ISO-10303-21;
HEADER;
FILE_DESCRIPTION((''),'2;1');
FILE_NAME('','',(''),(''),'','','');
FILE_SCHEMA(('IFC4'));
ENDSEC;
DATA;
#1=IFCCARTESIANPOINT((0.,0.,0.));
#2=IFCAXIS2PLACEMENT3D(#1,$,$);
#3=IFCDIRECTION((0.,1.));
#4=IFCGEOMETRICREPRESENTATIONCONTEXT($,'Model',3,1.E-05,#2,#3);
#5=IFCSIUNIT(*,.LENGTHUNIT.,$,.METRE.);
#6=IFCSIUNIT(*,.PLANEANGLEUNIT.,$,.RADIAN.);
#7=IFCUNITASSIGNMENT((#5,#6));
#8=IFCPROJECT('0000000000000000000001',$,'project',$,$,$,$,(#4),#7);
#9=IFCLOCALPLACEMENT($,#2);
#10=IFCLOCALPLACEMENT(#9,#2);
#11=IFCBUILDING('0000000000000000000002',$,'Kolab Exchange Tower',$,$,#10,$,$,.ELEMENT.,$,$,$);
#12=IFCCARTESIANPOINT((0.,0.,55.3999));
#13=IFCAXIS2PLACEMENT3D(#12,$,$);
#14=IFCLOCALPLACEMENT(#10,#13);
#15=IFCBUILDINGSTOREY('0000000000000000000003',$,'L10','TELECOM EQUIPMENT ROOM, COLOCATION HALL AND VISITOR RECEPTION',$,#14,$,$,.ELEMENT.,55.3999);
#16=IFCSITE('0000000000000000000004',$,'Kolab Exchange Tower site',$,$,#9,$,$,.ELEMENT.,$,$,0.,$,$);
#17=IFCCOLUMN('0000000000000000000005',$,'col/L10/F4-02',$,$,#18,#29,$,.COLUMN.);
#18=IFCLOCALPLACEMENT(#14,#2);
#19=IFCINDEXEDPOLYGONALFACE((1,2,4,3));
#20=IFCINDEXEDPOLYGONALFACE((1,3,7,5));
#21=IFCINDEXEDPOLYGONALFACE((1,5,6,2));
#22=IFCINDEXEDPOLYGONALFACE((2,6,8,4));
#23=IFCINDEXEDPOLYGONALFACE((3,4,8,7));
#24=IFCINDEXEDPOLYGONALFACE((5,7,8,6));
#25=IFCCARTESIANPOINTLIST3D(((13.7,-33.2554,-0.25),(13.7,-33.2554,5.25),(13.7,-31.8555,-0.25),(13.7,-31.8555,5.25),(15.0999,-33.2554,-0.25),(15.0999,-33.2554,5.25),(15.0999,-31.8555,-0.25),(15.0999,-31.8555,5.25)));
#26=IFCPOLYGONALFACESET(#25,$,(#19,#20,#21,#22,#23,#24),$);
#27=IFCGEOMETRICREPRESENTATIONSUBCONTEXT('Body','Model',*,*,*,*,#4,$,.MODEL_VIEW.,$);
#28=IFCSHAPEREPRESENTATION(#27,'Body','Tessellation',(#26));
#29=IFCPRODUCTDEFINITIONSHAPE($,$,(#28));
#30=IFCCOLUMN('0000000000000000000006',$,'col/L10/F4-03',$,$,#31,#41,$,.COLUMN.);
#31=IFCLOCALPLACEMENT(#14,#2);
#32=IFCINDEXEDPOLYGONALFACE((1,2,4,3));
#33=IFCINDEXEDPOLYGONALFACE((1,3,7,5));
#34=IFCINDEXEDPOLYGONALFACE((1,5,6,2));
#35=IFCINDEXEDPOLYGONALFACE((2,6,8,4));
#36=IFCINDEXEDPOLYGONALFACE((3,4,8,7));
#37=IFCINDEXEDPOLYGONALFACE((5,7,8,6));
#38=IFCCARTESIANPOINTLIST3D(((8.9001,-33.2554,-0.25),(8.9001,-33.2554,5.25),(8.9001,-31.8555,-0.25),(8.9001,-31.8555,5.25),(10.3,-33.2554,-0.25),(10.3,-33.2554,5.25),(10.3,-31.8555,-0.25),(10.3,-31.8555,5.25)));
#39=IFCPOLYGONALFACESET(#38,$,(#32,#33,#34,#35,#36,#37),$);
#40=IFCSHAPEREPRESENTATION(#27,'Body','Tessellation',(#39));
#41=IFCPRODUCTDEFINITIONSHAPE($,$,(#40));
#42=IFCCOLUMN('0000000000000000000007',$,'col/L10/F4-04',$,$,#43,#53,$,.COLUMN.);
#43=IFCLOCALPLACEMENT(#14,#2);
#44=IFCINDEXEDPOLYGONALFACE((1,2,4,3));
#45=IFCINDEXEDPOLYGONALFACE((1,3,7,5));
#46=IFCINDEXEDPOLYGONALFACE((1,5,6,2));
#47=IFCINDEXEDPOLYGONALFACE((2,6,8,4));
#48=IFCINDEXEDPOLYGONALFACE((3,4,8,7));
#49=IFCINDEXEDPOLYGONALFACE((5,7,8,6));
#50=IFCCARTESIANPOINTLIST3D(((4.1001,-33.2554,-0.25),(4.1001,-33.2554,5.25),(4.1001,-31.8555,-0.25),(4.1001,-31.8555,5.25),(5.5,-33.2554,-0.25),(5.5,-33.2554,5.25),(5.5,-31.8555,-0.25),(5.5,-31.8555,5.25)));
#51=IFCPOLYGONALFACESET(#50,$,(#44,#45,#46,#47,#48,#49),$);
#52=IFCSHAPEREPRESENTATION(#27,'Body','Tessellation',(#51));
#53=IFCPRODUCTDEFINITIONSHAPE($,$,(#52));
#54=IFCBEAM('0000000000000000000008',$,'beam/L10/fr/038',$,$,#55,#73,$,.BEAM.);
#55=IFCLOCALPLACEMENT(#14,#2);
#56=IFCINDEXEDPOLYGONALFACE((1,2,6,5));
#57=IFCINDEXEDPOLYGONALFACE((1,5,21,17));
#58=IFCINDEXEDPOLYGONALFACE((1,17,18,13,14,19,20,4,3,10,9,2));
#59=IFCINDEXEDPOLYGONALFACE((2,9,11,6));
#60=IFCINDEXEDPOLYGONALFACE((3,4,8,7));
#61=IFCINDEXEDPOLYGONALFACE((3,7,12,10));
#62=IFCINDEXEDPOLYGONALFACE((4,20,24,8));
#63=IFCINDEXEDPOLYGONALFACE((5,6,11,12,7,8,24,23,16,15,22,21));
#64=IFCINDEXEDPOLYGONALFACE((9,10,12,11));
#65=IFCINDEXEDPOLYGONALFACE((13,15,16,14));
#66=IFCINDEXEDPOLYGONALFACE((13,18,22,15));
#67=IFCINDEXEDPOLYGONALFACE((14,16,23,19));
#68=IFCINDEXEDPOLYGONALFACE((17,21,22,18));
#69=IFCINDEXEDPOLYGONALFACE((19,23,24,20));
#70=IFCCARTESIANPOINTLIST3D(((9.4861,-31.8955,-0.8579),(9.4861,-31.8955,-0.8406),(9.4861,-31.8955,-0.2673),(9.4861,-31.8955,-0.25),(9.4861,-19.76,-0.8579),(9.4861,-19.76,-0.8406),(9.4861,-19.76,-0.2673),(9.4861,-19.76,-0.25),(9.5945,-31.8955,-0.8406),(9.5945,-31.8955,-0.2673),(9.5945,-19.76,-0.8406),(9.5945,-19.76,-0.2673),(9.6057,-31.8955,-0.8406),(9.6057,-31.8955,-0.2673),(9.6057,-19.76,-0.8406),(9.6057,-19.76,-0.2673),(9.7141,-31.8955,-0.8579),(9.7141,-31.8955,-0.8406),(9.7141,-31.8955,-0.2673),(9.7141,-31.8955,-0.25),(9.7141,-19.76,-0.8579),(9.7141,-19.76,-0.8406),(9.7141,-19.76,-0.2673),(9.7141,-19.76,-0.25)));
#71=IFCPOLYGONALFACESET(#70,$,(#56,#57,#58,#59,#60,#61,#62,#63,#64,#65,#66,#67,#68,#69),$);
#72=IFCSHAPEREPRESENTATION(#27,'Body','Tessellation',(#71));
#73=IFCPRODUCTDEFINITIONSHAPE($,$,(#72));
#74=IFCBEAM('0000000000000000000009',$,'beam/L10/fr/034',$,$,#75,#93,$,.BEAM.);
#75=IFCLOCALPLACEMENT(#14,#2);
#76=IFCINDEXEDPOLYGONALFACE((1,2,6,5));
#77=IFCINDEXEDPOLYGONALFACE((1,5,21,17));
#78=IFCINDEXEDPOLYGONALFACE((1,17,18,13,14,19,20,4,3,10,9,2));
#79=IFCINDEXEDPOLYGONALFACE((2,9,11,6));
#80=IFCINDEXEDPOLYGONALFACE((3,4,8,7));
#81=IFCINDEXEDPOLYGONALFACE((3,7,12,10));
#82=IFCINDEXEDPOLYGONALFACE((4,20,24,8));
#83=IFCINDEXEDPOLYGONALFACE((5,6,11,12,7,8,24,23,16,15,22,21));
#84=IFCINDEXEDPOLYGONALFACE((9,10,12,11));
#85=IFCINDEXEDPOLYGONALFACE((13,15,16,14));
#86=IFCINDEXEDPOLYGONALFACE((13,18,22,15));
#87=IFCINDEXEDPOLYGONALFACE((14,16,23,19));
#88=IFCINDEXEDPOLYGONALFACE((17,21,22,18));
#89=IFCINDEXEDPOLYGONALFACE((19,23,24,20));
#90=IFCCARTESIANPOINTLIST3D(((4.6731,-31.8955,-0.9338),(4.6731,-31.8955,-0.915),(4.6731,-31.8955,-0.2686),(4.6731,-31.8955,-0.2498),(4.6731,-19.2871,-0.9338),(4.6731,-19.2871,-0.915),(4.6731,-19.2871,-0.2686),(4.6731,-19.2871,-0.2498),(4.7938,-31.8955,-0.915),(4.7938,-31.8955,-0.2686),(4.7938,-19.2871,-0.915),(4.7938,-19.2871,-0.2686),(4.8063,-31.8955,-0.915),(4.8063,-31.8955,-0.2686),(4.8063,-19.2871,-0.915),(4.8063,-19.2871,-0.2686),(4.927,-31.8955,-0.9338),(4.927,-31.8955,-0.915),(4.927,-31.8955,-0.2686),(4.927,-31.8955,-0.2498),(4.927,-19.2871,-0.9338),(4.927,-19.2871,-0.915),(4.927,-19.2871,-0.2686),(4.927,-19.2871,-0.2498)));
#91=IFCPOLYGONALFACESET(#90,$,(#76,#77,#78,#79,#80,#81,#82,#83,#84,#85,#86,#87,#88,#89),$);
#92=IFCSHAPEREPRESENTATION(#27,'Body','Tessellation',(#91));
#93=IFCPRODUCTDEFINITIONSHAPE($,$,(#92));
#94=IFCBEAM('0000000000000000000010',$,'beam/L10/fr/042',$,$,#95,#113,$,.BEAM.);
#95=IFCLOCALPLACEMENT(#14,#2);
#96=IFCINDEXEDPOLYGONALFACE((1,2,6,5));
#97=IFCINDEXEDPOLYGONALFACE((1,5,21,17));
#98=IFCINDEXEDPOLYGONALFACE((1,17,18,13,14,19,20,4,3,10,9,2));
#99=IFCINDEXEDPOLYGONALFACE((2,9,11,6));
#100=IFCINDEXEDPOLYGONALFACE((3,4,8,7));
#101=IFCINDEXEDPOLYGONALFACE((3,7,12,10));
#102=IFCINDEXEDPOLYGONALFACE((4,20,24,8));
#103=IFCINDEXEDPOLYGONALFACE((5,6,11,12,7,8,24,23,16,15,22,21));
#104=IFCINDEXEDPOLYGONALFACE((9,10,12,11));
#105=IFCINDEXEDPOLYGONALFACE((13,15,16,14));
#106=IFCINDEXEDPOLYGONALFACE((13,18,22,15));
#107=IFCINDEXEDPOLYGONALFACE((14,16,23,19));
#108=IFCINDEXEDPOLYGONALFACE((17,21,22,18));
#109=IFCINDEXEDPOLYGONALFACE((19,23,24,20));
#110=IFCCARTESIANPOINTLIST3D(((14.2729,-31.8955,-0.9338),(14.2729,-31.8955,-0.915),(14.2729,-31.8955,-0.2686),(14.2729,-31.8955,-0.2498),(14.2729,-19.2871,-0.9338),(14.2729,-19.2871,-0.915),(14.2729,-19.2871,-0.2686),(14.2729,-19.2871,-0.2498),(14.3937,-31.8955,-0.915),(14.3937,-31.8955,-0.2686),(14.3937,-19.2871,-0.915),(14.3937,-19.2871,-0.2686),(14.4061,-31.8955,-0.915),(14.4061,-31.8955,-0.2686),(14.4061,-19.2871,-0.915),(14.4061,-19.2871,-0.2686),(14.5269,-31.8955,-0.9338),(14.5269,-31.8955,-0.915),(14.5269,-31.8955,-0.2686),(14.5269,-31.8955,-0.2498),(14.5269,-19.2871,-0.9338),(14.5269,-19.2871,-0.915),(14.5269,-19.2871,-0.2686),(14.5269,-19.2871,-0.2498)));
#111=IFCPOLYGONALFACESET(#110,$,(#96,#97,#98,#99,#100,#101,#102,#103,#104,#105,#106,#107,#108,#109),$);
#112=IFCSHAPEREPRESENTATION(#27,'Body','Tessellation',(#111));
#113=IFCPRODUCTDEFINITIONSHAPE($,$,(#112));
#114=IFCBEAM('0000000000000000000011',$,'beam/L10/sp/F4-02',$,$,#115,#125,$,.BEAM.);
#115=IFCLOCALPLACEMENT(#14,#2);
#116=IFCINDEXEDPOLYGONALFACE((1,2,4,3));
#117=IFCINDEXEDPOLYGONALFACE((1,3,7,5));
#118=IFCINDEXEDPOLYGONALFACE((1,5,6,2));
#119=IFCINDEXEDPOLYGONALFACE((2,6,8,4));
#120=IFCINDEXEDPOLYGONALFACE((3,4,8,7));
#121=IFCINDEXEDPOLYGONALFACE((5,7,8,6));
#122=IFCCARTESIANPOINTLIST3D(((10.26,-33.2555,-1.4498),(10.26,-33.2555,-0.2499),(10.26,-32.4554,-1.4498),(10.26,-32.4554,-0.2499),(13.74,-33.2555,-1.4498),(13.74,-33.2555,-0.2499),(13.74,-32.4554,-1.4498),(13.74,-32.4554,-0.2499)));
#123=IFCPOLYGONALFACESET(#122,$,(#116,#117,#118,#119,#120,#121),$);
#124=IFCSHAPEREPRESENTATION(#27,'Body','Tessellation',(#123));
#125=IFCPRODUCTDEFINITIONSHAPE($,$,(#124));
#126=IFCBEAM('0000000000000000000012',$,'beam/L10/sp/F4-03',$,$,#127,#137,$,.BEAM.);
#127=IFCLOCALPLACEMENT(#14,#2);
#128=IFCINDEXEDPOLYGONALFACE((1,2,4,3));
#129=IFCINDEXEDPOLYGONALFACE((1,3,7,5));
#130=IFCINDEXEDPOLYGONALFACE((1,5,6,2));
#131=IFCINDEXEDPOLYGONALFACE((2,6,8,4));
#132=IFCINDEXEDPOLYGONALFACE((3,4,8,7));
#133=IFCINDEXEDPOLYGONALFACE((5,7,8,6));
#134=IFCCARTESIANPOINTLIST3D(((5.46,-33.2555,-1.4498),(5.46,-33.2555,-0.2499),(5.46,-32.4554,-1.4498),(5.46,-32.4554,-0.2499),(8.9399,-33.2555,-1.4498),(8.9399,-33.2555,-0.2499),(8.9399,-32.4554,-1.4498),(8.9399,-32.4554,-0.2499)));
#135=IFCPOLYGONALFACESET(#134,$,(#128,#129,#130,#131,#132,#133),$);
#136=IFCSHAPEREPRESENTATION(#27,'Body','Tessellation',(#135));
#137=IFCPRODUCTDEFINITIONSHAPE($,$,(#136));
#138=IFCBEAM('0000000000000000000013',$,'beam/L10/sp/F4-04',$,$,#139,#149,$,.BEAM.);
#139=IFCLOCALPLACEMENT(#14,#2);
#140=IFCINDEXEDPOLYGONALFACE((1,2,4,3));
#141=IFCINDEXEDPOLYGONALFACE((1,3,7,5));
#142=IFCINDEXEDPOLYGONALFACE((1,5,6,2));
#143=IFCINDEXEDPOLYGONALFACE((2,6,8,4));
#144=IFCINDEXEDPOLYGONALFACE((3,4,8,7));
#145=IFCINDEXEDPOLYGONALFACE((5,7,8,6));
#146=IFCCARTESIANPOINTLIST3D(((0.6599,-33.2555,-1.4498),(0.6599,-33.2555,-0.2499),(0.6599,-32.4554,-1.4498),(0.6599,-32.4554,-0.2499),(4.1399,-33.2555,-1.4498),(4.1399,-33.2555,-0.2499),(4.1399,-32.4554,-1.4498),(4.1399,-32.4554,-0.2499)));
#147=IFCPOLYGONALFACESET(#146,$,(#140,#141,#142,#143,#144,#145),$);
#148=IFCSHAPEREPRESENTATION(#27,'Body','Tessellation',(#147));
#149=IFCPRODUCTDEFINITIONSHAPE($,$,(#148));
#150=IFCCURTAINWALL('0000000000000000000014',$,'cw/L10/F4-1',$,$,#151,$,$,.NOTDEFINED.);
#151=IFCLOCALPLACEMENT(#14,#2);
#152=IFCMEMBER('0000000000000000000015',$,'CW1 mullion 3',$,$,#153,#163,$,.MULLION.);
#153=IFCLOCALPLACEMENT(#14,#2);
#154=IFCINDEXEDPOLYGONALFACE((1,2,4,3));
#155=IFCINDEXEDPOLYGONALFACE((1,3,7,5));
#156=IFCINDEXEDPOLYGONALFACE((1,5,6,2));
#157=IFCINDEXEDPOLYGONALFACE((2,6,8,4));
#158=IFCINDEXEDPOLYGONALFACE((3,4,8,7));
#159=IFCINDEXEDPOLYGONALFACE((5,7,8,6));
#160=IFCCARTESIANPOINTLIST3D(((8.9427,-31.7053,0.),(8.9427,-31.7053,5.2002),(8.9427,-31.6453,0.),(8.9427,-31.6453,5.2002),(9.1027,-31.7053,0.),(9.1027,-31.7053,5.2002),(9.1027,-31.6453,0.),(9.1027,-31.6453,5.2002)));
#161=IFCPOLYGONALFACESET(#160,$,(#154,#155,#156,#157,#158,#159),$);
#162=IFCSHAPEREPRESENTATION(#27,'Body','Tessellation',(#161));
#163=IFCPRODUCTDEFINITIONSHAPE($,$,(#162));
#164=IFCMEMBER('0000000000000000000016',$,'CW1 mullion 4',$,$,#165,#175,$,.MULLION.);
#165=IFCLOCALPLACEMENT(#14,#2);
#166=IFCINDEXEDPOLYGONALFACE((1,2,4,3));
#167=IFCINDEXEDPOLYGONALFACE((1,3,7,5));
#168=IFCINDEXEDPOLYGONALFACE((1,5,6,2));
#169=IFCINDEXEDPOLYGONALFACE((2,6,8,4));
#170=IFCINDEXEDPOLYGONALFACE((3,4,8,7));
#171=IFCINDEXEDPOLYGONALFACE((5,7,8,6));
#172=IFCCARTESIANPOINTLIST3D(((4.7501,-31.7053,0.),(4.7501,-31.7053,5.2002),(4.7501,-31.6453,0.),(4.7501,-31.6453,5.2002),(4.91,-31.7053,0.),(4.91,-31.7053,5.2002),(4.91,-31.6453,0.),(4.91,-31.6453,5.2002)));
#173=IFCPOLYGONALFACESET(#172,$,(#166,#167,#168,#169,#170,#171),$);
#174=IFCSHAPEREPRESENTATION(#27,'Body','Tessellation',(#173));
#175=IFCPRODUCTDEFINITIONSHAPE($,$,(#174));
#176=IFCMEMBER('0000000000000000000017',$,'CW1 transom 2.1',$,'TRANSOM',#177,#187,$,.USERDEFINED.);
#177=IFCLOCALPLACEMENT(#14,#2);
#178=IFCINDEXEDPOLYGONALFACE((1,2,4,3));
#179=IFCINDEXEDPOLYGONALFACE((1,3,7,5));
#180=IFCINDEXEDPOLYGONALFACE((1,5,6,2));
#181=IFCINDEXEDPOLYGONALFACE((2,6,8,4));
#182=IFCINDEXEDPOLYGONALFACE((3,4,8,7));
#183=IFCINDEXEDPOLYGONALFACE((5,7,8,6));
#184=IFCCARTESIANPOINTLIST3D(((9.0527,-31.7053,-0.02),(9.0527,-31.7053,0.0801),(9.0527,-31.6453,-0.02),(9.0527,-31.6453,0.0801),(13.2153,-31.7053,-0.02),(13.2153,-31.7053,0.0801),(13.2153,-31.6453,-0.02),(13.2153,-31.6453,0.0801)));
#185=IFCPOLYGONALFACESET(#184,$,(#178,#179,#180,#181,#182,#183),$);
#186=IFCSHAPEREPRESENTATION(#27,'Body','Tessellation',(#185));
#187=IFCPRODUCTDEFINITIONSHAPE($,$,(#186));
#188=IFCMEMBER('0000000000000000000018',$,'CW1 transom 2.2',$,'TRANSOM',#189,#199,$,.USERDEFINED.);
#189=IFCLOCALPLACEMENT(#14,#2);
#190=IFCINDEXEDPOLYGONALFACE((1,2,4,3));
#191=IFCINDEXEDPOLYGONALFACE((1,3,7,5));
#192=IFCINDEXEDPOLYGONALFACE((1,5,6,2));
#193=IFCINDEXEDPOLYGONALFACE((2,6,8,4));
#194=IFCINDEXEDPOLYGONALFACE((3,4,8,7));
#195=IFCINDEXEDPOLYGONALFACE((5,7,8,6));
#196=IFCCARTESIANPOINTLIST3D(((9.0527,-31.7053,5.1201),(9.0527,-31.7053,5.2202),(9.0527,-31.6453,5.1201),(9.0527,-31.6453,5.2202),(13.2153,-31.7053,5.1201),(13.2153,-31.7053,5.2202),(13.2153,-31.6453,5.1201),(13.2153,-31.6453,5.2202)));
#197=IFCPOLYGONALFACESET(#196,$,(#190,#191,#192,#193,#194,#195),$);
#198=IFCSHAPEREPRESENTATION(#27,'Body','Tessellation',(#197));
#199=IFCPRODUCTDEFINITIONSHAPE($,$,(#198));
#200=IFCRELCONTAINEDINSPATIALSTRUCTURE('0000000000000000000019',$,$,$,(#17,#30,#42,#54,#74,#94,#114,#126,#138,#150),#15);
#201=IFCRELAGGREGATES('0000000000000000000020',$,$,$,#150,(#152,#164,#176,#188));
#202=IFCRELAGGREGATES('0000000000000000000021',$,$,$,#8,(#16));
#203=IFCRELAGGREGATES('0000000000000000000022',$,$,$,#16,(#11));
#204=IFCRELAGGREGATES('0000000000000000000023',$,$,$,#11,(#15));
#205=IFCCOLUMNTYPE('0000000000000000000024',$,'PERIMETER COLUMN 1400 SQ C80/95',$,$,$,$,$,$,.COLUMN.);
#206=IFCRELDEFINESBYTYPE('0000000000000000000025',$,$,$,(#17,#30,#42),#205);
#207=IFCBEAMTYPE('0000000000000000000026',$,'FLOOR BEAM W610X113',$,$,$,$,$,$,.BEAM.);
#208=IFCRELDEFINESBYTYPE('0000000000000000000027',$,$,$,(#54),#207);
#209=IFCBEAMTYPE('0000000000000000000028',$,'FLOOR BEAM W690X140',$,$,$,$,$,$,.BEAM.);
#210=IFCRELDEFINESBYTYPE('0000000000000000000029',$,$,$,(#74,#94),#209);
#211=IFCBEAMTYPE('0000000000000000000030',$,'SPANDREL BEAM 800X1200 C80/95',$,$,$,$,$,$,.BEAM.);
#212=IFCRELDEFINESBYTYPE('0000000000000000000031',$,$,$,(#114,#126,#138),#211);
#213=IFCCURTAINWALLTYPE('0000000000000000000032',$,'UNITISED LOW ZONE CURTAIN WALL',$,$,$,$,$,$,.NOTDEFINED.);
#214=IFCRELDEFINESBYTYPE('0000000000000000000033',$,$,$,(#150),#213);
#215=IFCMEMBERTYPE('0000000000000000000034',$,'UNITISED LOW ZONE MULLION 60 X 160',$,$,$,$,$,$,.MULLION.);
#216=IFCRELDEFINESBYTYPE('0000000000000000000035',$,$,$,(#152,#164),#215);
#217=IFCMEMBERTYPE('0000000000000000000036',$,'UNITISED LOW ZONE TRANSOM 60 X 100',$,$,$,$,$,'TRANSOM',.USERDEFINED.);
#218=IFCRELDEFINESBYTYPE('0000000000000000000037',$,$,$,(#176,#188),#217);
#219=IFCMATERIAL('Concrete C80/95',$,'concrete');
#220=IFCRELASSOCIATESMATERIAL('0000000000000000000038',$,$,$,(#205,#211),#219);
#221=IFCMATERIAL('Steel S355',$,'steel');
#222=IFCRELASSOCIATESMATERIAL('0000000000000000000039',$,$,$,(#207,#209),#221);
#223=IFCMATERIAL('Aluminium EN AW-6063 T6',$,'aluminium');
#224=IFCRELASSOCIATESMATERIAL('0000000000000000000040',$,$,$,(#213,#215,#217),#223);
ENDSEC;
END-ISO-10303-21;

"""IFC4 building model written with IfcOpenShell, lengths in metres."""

from ifc_helpers import new_model, si_unit, direction, frame, origin, origin_2d, place, context, subcontext, project, spatial, rectangle, i_section, extrude, material, material_profile, profile_set, type_object, element, aggregate, save


model = new_model("IFC4")

# Units and contexts
model_context = context("Model", 3, precision=1e-05, world=origin(), true_north=direction((0.0, 1.0)))
body_context = subcontext(model_context, "Body", "Model", "MODEL_VIEW")
ifc_project = project(units=[si_unit("LENGTHUNIT", "METRE"), si_unit("PLANEANGLEUNIT", "RADIAN")], contexts=[model_context])

# Site, building, storey
site_placement = place(None, origin())
site = spatial("IfcSite", under=ifc_project, at=site_placement, Name="Kolab Exchange Tower site", CompositionType="ELEMENT", RefElevation=0.0)
building_placement = place(site_placement, origin())
building = spatial("IfcBuilding", under=site, at=building_placement, Name="Kolab Exchange Tower", CompositionType="ELEMENT")
storey_placement = place(building_placement, frame((0.0, 0.0, 55.3999)))
storey = spatial("IfcBuildingStorey", under=building, at=storey_placement, Name="L10", Description="TELECOM EQUIPMENT ROOM, COLOCATION HALL AND VISITOR RECEPTION", CompositionType="ELEMENT", Elevation=55.3999)

# Columns
ifc_material_1 = material(Name="Concrete C80/95", Category="concrete")
ifc_material_profile_1 = material_profile(ifc_material_1, rectangle(XDim=1.3999, YDim=1.3999, at=origin_2d()), Name="RC1400")
ifc_profile_set_1 = profile_set([ifc_material_profile_1], Name="Concrete C80/95")
column_type = type_object("IfcColumnType", Name="PERIMETER COLUMN 1400 SQ C80/95", PredefinedType="COLUMN", material=ifc_profile_set_1)
for number, where, z_axis, x_axis, name in (
    (1, (14.3999, -32.5554, -0.25), (0.0, 0.0, 1.0), (1.0, 0.0, 0.0), "col/L10/F4-02"),
    (2, (9.6001, -32.5554, -0.25), (0.0, 0.0, 1.0), (1.0, 0.0, 0.0), "col/L10/F4-03"),
    (3, (4.8, -32.5554, -0.25), (0.0, 0.0, 1.0), (1.0, 0.0, 0.0), "col/L10/F4-04"),
):
    element("IfcColumn", number, at=place(storey_placement, frame(where, z_axis=z_axis, x_axis=x_axis)), inside=storey, type_object=column_type, Name=name, PredefinedType="COLUMN", context=body_context, shape_type="SweptSolid", body=[
        extrude(rectangle(XDim=1.3999, YDim=1.3999, at=origin_2d()), origin(), (0.0, 0.0, 1.0), 5.5),
    ])

# Beams
ifc_material_2 = material(Name="Steel S355", Category="steel")
ifc_material_profile_2 = material_profile(ifc_material_2, i_section(OverallWidth=0.228, OverallDepth=0.6079, WebThickness=0.0112, FlangeThickness=0.0173, at=origin_2d()), Name="W610X113")
ifc_profile_set_2 = profile_set([ifc_material_profile_2], Name="Steel S355")
beam_type_1 = type_object("IfcBeamType", Name="FLOOR BEAM W610X113", PredefinedType="BEAM", material=ifc_profile_set_2)
beam_placement = place(storey_placement, frame((9.6001, -31.8955, -0.554), z_axis=(0.0, 1.0, 0.0), x_axis=(-1.0, 0.0, 0.0)))
element("IfcBeam", 4, at=beam_placement, inside=storey, type_object=beam_type_1, Name="beam/L10/fr/038", PredefinedType="BEAM", context=body_context, shape_type="SweptSolid", body=[
    extrude(i_section(OverallWidth=0.228, OverallDepth=0.6079, WebThickness=0.0112, FlangeThickness=0.0173, at=origin_2d()), origin(), (0.0, 0.0, 1.0), 12.1355),
])
ifc_material_profile_3 = material_profile(ifc_material_2, i_section(OverallWidth=0.2539, OverallDepth=0.6841, WebThickness=0.0125, FlangeThickness=0.0188, at=origin_2d()), Name="W690X140")
ifc_profile_set_3 = profile_set([ifc_material_profile_3], Name="Steel S355")
beam_type_2 = type_object("IfcBeamType", Name="FLOOR BEAM W690X140", PredefinedType="BEAM", material=ifc_profile_set_3)
for number, where, z_axis, x_axis, name in (
    (5, (4.8, -31.8955, -0.5918), (0.0, 1.0, 0.0), (-1.0, 0.0, 0.0), "beam/L10/fr/034"),
    (6, (14.3999, -31.8955, -0.5918), (0.0, 1.0, 0.0), (-1.0, 0.0, 0.0), "beam/L10/fr/042"),
):
    element("IfcBeam", number, at=place(storey_placement, frame(where, z_axis=z_axis, x_axis=x_axis)), inside=storey, type_object=beam_type_2, Name=name, PredefinedType="BEAM", context=body_context, shape_type="SweptSolid", body=[
        extrude(i_section(OverallWidth=0.2539, OverallDepth=0.6841, WebThickness=0.0125, FlangeThickness=0.0188, at=origin_2d()), origin(), (0.0, 0.0, 1.0), 12.6084),
    ])
ifc_material_profile_4 = material_profile(ifc_material_1, rectangle(XDim=0.8, YDim=1.2, at=origin_2d()), Name="RC800X1200")
ifc_profile_set_4 = profile_set([ifc_material_profile_4], Name="Concrete C80/95")
beam_type_3 = type_object("IfcBeamType", Name="SPANDREL BEAM 800X1200 C80/95", PredefinedType="BEAM", material=ifc_profile_set_4)
for number, where, z_axis, x_axis, name in (
    (7, (13.74, -32.8555, -0.8499), (-1.0, 0.0, 0.0), (0.0, -1.0, 0.0), "beam/L10/sp/F4-02"),
    (8, (8.9399, -32.8555, -0.8499), (-1.0, 0.0, 0.0), (0.0, -1.0, 0.0), "beam/L10/sp/F4-03"),
    (9, (4.1399, -32.8555, -0.8499), (-1.0, 0.0, 0.0), (0.0, -1.0, 0.0), "beam/L10/sp/F4-04"),
):
    element("IfcBeam", number, at=place(storey_placement, frame(where, z_axis=z_axis, x_axis=x_axis)), inside=storey, type_object=beam_type_3, Name=name, PredefinedType="BEAM", context=body_context, shape_type="SweptSolid", body=[
        extrude(rectangle(XDim=0.8, YDim=1.2, at=origin_2d()), origin(), (0.0, 0.0, 1.0), 3.48),
    ])

# Curtain wall, members
ifc_material_3 = material(Name="Aluminium EN AW-6063 T6", Category="aluminium")
curtain_wall_type = type_object("IfcCurtainWallType", Name="UNITISED LOW ZONE CURTAIN WALL", PredefinedType="NOTDEFINED", material=ifc_material_3)
curtain_wall_placement = place(storey_placement, origin())
curtain_wall = element("IfcCurtainWall", 10, at=curtain_wall_placement, inside=storey, type_object=curtain_wall_type, Name="cw/L10/F4-1", PredefinedType="NOTDEFINED")
ifc_material_profile_5 = material_profile(ifc_material_3, rectangle(XDim=0.0601, YDim=0.1599, at=origin_2d()), Name="RECT 60X160")
ifc_profile_set_5 = profile_set([ifc_material_profile_5], Name="Aluminium EN AW-6063 T6")
member_type_1 = type_object("IfcMemberType", Name="UNITISED LOW ZONE MULLION 60 X 160", PredefinedType="MULLION", material=ifc_profile_set_5)
member_1_placement = place(storey_placement, frame((9.0227, -31.6753, 0.0), z_axis=(0.0, 0.0, 1.0), x_axis=(0.0, -1.0, 0.0)))
member_1 = element("IfcMember", 11, at=member_1_placement, type_object=member_type_1, Name="CW1 mullion 3", PredefinedType="MULLION", context=body_context, shape_type="SweptSolid", body=[
    extrude(rectangle(XDim=0.0601, YDim=0.1599, at=origin_2d()), origin(), (0.0, 0.0, 1.0), 5.2002),
])
member_2_placement = place(storey_placement, frame((4.8301, -31.6753, 0.0), z_axis=(0.0, 0.0, 1.0), x_axis=(0.0, -1.0, 0.0)))
member_2 = element("IfcMember", 12, at=member_2_placement, type_object=member_type_1, Name="CW1 mullion 4", PredefinedType="MULLION", context=body_context, shape_type="SweptSolid", body=[
    extrude(rectangle(XDim=0.0601, YDim=0.1599, at=origin_2d()), origin(), (0.0, 0.0, 1.0), 5.2002),
])
ifc_material_profile_6 = material_profile(ifc_material_3, rectangle(XDim=0.0601, YDim=0.1001, at=origin_2d()), Name="RECT 60X100")
ifc_profile_set_6 = profile_set([ifc_material_profile_6], Name="Aluminium EN AW-6063 T6")
member_type_2 = type_object("IfcMemberType", Name="UNITISED LOW ZONE TRANSOM 60 X 100", ElementType="TRANSOM", PredefinedType="USERDEFINED", material=ifc_profile_set_6)
member_3_placement = place(storey_placement, frame((13.2153, -31.6753, 0.03), z_axis=(-1.0, 0.0, 0.0), x_axis=(0.0, -1.0, 0.0)))
member_3 = element("IfcMember", 13, at=member_3_placement, type_object=member_type_2, Name="CW1 transom 2.1", ObjectType="TRANSOM", PredefinedType="USERDEFINED", context=body_context, shape_type="SweptSolid", body=[
    extrude(rectangle(XDim=0.0601, YDim=0.1001, at=origin_2d()), origin(), (0.0, 0.0, 1.0), 4.1626),
])
member_4_placement = place(storey_placement, frame((13.2153, -31.6753, 5.1702), z_axis=(-1.0, 0.0, 0.0), x_axis=(0.0, -1.0, 0.0)))
member_4 = element("IfcMember", 14, at=member_4_placement, type_object=member_type_2, Name="CW1 transom 2.2", ObjectType="TRANSOM", PredefinedType="USERDEFINED", context=body_context, shape_type="SweptSolid", body=[
    extrude(rectangle(XDim=0.0601, YDim=0.1001, at=origin_2d()), origin(), (0.0, 0.0, 1.0), 4.1626),
])

aggregate(curtain_wall, [member_1, member_2, member_3, member_4])

save(model, "model.ifc")
